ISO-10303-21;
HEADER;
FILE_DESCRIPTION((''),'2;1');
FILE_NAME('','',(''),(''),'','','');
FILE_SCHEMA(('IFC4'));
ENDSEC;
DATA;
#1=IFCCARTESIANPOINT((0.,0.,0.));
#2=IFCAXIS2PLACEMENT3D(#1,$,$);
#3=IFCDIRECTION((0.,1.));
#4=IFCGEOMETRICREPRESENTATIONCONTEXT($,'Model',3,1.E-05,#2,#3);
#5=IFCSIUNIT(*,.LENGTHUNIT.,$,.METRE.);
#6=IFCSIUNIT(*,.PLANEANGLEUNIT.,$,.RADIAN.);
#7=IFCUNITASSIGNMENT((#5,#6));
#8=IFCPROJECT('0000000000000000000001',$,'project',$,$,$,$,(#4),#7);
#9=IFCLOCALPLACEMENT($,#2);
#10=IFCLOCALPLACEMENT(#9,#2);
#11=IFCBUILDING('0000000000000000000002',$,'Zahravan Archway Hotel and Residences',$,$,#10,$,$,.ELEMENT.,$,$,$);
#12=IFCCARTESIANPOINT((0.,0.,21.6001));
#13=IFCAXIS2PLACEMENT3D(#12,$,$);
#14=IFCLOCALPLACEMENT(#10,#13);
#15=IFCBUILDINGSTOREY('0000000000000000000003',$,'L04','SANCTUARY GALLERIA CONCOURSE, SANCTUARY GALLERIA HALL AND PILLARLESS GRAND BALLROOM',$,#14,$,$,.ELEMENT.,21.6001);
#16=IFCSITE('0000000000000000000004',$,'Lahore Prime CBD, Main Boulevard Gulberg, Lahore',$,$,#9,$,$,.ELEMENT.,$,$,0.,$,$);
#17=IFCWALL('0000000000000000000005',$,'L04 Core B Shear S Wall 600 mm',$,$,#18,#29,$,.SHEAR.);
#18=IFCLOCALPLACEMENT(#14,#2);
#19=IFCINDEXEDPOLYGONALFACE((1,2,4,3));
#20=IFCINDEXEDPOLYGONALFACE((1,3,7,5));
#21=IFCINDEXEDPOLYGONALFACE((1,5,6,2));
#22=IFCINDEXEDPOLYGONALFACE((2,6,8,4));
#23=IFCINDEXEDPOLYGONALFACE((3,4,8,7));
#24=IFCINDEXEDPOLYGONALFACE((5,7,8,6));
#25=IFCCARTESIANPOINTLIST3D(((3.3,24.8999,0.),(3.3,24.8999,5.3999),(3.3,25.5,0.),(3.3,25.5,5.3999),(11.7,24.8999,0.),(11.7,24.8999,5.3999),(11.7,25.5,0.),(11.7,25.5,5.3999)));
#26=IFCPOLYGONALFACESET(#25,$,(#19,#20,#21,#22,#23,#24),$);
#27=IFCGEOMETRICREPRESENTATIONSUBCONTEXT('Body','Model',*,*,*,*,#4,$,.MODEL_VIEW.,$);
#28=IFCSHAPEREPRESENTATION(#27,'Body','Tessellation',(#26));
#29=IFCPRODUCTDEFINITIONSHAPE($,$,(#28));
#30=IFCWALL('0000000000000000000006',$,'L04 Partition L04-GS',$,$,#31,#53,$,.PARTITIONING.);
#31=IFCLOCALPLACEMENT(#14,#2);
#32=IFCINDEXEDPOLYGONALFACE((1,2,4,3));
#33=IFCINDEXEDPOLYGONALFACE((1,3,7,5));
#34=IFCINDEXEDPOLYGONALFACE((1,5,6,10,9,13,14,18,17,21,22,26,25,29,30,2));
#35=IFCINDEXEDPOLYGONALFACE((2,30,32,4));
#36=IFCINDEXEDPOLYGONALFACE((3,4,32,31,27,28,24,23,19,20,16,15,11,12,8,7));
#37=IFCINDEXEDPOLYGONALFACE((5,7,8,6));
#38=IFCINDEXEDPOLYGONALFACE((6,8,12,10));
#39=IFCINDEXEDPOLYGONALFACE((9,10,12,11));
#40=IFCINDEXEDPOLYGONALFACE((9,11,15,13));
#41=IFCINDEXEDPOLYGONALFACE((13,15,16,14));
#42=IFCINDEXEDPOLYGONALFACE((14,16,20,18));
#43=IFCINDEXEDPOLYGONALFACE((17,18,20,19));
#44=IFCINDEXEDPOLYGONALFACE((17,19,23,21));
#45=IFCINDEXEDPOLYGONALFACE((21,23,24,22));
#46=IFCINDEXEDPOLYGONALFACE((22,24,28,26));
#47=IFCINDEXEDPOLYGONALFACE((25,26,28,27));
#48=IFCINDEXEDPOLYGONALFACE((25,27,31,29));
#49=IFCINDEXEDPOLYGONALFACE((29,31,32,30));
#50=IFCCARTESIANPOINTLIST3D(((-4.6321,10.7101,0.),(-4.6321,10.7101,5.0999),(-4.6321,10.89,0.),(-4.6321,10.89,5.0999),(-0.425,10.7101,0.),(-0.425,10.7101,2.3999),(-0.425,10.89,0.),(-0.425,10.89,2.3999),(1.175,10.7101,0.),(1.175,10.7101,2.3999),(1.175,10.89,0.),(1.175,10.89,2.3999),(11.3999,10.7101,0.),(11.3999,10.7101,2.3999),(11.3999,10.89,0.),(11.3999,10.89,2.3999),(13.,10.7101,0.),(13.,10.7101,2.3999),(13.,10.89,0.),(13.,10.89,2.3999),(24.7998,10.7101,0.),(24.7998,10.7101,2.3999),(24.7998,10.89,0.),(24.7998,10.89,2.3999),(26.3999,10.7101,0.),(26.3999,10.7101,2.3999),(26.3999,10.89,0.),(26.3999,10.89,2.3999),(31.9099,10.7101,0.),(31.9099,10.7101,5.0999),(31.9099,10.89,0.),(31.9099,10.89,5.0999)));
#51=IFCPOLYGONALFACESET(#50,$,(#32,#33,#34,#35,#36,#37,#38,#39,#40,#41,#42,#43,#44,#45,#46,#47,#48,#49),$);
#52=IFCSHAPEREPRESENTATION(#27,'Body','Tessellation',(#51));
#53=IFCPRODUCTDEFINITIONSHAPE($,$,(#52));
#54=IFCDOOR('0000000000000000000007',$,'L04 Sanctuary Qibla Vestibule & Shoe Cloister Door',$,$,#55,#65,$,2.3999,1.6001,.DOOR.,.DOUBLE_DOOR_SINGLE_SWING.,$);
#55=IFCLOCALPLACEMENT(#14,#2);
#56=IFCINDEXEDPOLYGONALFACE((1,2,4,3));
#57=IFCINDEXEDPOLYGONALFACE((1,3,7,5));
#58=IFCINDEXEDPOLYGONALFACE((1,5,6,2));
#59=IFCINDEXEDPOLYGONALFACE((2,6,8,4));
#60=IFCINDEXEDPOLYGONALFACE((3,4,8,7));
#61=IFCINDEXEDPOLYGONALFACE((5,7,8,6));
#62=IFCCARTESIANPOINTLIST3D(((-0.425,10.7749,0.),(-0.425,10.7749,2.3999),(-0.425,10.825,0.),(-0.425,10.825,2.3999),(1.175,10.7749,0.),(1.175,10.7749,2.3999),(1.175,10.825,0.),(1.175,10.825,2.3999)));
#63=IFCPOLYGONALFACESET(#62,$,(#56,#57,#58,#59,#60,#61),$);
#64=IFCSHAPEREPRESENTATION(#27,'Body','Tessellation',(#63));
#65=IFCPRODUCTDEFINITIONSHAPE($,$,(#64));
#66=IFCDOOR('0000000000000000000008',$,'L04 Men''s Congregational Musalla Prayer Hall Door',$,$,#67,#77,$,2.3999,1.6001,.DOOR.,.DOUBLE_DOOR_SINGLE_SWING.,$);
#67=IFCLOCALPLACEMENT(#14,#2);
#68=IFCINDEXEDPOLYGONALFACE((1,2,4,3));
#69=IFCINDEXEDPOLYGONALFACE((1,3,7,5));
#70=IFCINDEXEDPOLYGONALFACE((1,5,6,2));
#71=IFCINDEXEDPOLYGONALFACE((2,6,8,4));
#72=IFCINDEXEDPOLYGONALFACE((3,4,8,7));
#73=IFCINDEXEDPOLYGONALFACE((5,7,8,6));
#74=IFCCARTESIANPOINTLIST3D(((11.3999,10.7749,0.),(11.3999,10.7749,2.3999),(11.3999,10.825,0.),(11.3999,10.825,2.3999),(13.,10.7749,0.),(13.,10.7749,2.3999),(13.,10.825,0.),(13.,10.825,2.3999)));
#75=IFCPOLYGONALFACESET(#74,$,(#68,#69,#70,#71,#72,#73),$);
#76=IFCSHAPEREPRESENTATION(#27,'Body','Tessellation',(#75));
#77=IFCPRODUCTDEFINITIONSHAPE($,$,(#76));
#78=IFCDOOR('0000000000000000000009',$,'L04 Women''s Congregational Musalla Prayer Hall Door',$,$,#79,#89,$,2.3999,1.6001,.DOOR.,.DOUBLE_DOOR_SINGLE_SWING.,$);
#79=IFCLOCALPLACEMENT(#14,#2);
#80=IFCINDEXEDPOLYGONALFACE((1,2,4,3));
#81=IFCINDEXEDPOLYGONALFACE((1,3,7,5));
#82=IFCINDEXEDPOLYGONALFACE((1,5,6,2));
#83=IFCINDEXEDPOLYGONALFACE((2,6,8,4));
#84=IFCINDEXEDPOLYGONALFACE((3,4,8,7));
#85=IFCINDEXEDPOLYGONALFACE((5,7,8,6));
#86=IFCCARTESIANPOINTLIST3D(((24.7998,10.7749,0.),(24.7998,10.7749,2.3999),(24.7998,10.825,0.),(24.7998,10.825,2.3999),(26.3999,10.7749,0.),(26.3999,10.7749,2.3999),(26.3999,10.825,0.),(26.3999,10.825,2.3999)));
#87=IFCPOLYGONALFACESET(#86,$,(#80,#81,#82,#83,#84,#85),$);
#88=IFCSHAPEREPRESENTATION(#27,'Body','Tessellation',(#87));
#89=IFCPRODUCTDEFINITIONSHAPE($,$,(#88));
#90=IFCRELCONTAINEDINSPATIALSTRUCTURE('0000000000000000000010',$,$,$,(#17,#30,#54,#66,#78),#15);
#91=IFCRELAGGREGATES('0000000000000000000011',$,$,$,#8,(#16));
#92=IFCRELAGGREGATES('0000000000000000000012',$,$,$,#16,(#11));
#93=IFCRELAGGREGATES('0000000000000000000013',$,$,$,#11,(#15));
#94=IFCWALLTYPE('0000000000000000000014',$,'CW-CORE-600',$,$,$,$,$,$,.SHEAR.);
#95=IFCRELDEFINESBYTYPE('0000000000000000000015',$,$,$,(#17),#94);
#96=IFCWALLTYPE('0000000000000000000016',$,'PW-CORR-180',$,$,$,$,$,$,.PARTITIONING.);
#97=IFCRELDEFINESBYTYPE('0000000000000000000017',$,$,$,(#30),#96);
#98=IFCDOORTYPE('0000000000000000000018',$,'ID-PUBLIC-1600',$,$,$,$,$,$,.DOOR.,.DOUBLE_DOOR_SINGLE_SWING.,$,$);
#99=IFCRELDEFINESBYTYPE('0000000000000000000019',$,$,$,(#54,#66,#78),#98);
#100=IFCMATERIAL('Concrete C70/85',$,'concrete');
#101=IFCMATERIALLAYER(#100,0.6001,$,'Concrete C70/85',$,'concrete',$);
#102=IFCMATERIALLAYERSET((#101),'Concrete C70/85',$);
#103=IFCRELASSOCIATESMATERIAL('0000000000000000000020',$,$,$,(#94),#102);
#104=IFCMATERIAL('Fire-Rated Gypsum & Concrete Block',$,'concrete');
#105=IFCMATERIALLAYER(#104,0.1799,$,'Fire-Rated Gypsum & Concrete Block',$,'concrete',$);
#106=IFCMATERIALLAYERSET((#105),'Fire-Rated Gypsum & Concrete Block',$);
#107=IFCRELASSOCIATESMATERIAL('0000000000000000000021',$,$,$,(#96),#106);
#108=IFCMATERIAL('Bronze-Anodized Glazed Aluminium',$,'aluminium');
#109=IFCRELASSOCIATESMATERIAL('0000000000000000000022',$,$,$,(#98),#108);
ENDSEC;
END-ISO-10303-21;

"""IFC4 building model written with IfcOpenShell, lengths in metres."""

from ifc_helpers import new_model, si_unit, direction, frame, frame_2d, origin, place, context, subcontext, project, spatial, rectangle, extrude, source, transform, mapped, material, layer, layer_set, type_object, type_shapes, element, fill, save


model = new_model("IFC4")

# Units and contexts
model_context = context("Model", 3, precision=1e-05, world=origin(), true_north=direction((0.0, 1.0)))
body_context = subcontext(model_context, "Body", "Model", "MODEL_VIEW")
ifc_project = project(units=[si_unit("LENGTHUNIT", "METRE"), si_unit("PLANEANGLEUNIT", "RADIAN")], contexts=[model_context])

# Site, building, storey
site_placement = place(None, origin())
site = spatial("IfcSite", under=ifc_project, at=site_placement, Name="Lahore Prime CBD, Main Boulevard Gulberg, Lahore", CompositionType="ELEMENT", RefElevation=0.0)
building_placement = place(site_placement, origin())
building = spatial("IfcBuilding", under=site, at=building_placement, Name="Zahravan Archway Hotel and Residences", CompositionType="ELEMENT")
storey_placement = place(building_placement, frame((0.0, 0.0, 21.6001)))
storey = spatial("IfcBuildingStorey", under=building, at=storey_placement, Name="L04", Description="SANCTUARY GALLERIA CONCOURSE, SANCTUARY GALLERIA HALL AND PILLARLESS GRAND BALLROOM", CompositionType="ELEMENT", Elevation=21.6001)

# Shared definitions
ifc_material_1 = material(Name="Concrete C70/85", Category="concrete")

# Wall
ifc_layer_1 = layer(ifc_material_1, 0.6001, Name="Concrete C70/85", Category="concrete")
ifc_layer_set_1 = layer_set([ifc_layer_1], Name="Concrete C70/85")
wall_type_1 = type_object("IfcWallType", Name="CW-CORE-600", PredefinedType="SHEAR", material=ifc_layer_set_1)
wall_1_placement = place(storey_placement, frame((3.3, 25.2, 0.0), z_axis=(0.0, 0.0, 1.0), x_axis=(1.0, 0.0, 0.0)))
element("IfcWall", 1, at=wall_1_placement, inside=storey, type_object=wall_type_1, Name="L04 Core B Shear S Wall 600 mm", PredefinedType="SHEAR", context=body_context, shape_type="SweptSolid", body=[
    extrude(rectangle(XDim=8.3999, YDim=0.6001, at=frame_2d((4.2, 0.0))), origin(), (0.0, 0.0, 1.0), 5.3999),
])

# Wall, openings, doors
ifc_material_2 = material(Name="Fire-Rated Gypsum & Concrete Block", Category="concrete")
ifc_layer_2 = layer(ifc_material_2, 0.1799, Name="Fire-Rated Gypsum & Concrete Block", Category="concrete")
ifc_layer_set_2 = layer_set([ifc_layer_2], Name="Fire-Rated Gypsum & Concrete Block")
wall_type_2 = type_object("IfcWallType", Name="PW-CORR-180", PredefinedType="PARTITIONING", material=ifc_layer_set_2)
wall_2_placement = place(storey_placement, frame((-4.6321, 10.8, 0.0), z_axis=(0.0, 0.0, 1.0), x_axis=(1.0, 0.0, 0.0)))
wall_2 = element("IfcWall", 2, at=wall_2_placement, inside=storey, type_object=wall_type_2, Name="L04 Partition L04-GS", PredefinedType="PARTITIONING", context=body_context, shape_type="SweptSolid", body=[
    extrude(rectangle(XDim=36.542, YDim=0.1799, at=frame_2d((18.271, 0.0))), origin(), (0.0, 0.0, 1.0), 5.0999),
])
opening_1_placement = place(wall_2_placement, frame((4.207, 0.0, 0.0)))
opening_1 = element("IfcOpeningElement", 3, at=opening_1_placement, cuts=wall_2, PredefinedType="OPENING", context=body_context, shape_type="SweptSolid", body=[
    extrude(rectangle(XDim=1.6001, YDim=2.3999, at=frame_2d((0.8, 1.2))), frame((0.0, 0.1001, 0.0), z_axis=(0.0, -1.0, 0.0), x_axis=(1.0, 0.0, 0.0)), (0.0, 0.0, 1.0), 0.2),
])
opening_2_placement = place(wall_2_placement, frame((16.032, 0.0, 0.0)))
opening_2 = element("IfcOpeningElement", 4, at=opening_2_placement, cuts=wall_2, PredefinedType="OPENING", context=body_context, shape_type="SweptSolid", body=[
    extrude(rectangle(XDim=1.6001, YDim=2.3999, at=frame_2d((0.8, 1.2))), frame((0.0, 0.1001, 0.0), z_axis=(0.0, -1.0, 0.0), x_axis=(1.0, 0.0, 0.0)), (0.0, 0.0, 1.0), 0.2),
])
opening_3_placement = place(wall_2_placement, frame((29.4319, 0.0, 0.0)))
opening_3 = element("IfcOpeningElement", 5, at=opening_3_placement, cuts=wall_2, PredefinedType="OPENING", context=body_context, shape_type="SweptSolid", body=[
    extrude(rectangle(XDim=1.6001, YDim=2.3999, at=frame_2d((0.8, 1.2))), frame((0.0, 0.1001, 0.0), z_axis=(0.0, -1.0, 0.0), x_axis=(1.0, 0.0, 0.0)), (0.0, 0.0, 1.0), 0.2),
])
ifc_material_3 = material(Name="Bronze-Anodized Glazed Aluminium", Category="aluminium")
door_type = type_object("IfcDoorType", Name="ID-PUBLIC-1600", OperationType="DOUBLE_DOOR_SINGLE_SWING", PredefinedType="DOOR", material=ifc_material_3)
shared_shape_1 = source(origin(), body_context, "Body", "SweptSolid", [
    extrude(rectangle(XDim=1.6001, YDim=2.3999, at=frame_2d((0.8, 1.2))), frame((0.0, 0.0249, 0.0), z_axis=(0.0, -1.0, 0.0), x_axis=(1.0, 0.0, 0.0)), (0.0, 0.0, 1.0), 0.05),
])
type_shapes(door_type, [shared_shape_1])
door_1_placement = place(opening_1_placement, origin())
door_1 = element("IfcDoor", 6, at=door_1_placement, inside=storey, type_object=door_type, Name="L04 Sanctuary Qibla Vestibule & Shoe Cloister Door", OperationType="DOUBLE_DOOR_SINGLE_SWING", OverallHeight=2.3999, OverallWidth=1.6001, PredefinedType="DOOR", context=body_context, shape_type="MappedRepresentation", body=[
    mapped(shared_shape_1, transform((0.0, 0.0, 0.0), scale=1.0)),
])
fill(opening_1, door_1)
door_2_placement = place(opening_2_placement, origin())
door_2 = element("IfcDoor", 7, at=door_2_placement, inside=storey, type_object=door_type, Name="L04 Men's Congregational Musalla Prayer Hall Door", OperationType="DOUBLE_DOOR_SINGLE_SWING", OverallHeight=2.3999, OverallWidth=1.6001, PredefinedType="DOOR", context=body_context, shape_type="MappedRepresentation", body=[
    mapped(shared_shape_1, transform((0.0, 0.0, 0.0), scale=1.0)),
])
fill(opening_2, door_2)
door_3_placement = place(opening_3_placement, origin())
door_3 = element("IfcDoor", 8, at=door_3_placement, inside=storey, type_object=door_type, Name="L04 Women's Congregational Musalla Prayer Hall Door", OperationType="DOUBLE_DOOR_SINGLE_SWING", OverallHeight=2.3999, OverallWidth=1.6001, PredefinedType="DOOR", context=body_context, shape_type="MappedRepresentation", body=[
    mapped(shared_shape_1, transform((0.0, 0.0, 0.0), scale=1.0)),
])
fill(opening_3, door_3)

save(model, "model.ifc")
